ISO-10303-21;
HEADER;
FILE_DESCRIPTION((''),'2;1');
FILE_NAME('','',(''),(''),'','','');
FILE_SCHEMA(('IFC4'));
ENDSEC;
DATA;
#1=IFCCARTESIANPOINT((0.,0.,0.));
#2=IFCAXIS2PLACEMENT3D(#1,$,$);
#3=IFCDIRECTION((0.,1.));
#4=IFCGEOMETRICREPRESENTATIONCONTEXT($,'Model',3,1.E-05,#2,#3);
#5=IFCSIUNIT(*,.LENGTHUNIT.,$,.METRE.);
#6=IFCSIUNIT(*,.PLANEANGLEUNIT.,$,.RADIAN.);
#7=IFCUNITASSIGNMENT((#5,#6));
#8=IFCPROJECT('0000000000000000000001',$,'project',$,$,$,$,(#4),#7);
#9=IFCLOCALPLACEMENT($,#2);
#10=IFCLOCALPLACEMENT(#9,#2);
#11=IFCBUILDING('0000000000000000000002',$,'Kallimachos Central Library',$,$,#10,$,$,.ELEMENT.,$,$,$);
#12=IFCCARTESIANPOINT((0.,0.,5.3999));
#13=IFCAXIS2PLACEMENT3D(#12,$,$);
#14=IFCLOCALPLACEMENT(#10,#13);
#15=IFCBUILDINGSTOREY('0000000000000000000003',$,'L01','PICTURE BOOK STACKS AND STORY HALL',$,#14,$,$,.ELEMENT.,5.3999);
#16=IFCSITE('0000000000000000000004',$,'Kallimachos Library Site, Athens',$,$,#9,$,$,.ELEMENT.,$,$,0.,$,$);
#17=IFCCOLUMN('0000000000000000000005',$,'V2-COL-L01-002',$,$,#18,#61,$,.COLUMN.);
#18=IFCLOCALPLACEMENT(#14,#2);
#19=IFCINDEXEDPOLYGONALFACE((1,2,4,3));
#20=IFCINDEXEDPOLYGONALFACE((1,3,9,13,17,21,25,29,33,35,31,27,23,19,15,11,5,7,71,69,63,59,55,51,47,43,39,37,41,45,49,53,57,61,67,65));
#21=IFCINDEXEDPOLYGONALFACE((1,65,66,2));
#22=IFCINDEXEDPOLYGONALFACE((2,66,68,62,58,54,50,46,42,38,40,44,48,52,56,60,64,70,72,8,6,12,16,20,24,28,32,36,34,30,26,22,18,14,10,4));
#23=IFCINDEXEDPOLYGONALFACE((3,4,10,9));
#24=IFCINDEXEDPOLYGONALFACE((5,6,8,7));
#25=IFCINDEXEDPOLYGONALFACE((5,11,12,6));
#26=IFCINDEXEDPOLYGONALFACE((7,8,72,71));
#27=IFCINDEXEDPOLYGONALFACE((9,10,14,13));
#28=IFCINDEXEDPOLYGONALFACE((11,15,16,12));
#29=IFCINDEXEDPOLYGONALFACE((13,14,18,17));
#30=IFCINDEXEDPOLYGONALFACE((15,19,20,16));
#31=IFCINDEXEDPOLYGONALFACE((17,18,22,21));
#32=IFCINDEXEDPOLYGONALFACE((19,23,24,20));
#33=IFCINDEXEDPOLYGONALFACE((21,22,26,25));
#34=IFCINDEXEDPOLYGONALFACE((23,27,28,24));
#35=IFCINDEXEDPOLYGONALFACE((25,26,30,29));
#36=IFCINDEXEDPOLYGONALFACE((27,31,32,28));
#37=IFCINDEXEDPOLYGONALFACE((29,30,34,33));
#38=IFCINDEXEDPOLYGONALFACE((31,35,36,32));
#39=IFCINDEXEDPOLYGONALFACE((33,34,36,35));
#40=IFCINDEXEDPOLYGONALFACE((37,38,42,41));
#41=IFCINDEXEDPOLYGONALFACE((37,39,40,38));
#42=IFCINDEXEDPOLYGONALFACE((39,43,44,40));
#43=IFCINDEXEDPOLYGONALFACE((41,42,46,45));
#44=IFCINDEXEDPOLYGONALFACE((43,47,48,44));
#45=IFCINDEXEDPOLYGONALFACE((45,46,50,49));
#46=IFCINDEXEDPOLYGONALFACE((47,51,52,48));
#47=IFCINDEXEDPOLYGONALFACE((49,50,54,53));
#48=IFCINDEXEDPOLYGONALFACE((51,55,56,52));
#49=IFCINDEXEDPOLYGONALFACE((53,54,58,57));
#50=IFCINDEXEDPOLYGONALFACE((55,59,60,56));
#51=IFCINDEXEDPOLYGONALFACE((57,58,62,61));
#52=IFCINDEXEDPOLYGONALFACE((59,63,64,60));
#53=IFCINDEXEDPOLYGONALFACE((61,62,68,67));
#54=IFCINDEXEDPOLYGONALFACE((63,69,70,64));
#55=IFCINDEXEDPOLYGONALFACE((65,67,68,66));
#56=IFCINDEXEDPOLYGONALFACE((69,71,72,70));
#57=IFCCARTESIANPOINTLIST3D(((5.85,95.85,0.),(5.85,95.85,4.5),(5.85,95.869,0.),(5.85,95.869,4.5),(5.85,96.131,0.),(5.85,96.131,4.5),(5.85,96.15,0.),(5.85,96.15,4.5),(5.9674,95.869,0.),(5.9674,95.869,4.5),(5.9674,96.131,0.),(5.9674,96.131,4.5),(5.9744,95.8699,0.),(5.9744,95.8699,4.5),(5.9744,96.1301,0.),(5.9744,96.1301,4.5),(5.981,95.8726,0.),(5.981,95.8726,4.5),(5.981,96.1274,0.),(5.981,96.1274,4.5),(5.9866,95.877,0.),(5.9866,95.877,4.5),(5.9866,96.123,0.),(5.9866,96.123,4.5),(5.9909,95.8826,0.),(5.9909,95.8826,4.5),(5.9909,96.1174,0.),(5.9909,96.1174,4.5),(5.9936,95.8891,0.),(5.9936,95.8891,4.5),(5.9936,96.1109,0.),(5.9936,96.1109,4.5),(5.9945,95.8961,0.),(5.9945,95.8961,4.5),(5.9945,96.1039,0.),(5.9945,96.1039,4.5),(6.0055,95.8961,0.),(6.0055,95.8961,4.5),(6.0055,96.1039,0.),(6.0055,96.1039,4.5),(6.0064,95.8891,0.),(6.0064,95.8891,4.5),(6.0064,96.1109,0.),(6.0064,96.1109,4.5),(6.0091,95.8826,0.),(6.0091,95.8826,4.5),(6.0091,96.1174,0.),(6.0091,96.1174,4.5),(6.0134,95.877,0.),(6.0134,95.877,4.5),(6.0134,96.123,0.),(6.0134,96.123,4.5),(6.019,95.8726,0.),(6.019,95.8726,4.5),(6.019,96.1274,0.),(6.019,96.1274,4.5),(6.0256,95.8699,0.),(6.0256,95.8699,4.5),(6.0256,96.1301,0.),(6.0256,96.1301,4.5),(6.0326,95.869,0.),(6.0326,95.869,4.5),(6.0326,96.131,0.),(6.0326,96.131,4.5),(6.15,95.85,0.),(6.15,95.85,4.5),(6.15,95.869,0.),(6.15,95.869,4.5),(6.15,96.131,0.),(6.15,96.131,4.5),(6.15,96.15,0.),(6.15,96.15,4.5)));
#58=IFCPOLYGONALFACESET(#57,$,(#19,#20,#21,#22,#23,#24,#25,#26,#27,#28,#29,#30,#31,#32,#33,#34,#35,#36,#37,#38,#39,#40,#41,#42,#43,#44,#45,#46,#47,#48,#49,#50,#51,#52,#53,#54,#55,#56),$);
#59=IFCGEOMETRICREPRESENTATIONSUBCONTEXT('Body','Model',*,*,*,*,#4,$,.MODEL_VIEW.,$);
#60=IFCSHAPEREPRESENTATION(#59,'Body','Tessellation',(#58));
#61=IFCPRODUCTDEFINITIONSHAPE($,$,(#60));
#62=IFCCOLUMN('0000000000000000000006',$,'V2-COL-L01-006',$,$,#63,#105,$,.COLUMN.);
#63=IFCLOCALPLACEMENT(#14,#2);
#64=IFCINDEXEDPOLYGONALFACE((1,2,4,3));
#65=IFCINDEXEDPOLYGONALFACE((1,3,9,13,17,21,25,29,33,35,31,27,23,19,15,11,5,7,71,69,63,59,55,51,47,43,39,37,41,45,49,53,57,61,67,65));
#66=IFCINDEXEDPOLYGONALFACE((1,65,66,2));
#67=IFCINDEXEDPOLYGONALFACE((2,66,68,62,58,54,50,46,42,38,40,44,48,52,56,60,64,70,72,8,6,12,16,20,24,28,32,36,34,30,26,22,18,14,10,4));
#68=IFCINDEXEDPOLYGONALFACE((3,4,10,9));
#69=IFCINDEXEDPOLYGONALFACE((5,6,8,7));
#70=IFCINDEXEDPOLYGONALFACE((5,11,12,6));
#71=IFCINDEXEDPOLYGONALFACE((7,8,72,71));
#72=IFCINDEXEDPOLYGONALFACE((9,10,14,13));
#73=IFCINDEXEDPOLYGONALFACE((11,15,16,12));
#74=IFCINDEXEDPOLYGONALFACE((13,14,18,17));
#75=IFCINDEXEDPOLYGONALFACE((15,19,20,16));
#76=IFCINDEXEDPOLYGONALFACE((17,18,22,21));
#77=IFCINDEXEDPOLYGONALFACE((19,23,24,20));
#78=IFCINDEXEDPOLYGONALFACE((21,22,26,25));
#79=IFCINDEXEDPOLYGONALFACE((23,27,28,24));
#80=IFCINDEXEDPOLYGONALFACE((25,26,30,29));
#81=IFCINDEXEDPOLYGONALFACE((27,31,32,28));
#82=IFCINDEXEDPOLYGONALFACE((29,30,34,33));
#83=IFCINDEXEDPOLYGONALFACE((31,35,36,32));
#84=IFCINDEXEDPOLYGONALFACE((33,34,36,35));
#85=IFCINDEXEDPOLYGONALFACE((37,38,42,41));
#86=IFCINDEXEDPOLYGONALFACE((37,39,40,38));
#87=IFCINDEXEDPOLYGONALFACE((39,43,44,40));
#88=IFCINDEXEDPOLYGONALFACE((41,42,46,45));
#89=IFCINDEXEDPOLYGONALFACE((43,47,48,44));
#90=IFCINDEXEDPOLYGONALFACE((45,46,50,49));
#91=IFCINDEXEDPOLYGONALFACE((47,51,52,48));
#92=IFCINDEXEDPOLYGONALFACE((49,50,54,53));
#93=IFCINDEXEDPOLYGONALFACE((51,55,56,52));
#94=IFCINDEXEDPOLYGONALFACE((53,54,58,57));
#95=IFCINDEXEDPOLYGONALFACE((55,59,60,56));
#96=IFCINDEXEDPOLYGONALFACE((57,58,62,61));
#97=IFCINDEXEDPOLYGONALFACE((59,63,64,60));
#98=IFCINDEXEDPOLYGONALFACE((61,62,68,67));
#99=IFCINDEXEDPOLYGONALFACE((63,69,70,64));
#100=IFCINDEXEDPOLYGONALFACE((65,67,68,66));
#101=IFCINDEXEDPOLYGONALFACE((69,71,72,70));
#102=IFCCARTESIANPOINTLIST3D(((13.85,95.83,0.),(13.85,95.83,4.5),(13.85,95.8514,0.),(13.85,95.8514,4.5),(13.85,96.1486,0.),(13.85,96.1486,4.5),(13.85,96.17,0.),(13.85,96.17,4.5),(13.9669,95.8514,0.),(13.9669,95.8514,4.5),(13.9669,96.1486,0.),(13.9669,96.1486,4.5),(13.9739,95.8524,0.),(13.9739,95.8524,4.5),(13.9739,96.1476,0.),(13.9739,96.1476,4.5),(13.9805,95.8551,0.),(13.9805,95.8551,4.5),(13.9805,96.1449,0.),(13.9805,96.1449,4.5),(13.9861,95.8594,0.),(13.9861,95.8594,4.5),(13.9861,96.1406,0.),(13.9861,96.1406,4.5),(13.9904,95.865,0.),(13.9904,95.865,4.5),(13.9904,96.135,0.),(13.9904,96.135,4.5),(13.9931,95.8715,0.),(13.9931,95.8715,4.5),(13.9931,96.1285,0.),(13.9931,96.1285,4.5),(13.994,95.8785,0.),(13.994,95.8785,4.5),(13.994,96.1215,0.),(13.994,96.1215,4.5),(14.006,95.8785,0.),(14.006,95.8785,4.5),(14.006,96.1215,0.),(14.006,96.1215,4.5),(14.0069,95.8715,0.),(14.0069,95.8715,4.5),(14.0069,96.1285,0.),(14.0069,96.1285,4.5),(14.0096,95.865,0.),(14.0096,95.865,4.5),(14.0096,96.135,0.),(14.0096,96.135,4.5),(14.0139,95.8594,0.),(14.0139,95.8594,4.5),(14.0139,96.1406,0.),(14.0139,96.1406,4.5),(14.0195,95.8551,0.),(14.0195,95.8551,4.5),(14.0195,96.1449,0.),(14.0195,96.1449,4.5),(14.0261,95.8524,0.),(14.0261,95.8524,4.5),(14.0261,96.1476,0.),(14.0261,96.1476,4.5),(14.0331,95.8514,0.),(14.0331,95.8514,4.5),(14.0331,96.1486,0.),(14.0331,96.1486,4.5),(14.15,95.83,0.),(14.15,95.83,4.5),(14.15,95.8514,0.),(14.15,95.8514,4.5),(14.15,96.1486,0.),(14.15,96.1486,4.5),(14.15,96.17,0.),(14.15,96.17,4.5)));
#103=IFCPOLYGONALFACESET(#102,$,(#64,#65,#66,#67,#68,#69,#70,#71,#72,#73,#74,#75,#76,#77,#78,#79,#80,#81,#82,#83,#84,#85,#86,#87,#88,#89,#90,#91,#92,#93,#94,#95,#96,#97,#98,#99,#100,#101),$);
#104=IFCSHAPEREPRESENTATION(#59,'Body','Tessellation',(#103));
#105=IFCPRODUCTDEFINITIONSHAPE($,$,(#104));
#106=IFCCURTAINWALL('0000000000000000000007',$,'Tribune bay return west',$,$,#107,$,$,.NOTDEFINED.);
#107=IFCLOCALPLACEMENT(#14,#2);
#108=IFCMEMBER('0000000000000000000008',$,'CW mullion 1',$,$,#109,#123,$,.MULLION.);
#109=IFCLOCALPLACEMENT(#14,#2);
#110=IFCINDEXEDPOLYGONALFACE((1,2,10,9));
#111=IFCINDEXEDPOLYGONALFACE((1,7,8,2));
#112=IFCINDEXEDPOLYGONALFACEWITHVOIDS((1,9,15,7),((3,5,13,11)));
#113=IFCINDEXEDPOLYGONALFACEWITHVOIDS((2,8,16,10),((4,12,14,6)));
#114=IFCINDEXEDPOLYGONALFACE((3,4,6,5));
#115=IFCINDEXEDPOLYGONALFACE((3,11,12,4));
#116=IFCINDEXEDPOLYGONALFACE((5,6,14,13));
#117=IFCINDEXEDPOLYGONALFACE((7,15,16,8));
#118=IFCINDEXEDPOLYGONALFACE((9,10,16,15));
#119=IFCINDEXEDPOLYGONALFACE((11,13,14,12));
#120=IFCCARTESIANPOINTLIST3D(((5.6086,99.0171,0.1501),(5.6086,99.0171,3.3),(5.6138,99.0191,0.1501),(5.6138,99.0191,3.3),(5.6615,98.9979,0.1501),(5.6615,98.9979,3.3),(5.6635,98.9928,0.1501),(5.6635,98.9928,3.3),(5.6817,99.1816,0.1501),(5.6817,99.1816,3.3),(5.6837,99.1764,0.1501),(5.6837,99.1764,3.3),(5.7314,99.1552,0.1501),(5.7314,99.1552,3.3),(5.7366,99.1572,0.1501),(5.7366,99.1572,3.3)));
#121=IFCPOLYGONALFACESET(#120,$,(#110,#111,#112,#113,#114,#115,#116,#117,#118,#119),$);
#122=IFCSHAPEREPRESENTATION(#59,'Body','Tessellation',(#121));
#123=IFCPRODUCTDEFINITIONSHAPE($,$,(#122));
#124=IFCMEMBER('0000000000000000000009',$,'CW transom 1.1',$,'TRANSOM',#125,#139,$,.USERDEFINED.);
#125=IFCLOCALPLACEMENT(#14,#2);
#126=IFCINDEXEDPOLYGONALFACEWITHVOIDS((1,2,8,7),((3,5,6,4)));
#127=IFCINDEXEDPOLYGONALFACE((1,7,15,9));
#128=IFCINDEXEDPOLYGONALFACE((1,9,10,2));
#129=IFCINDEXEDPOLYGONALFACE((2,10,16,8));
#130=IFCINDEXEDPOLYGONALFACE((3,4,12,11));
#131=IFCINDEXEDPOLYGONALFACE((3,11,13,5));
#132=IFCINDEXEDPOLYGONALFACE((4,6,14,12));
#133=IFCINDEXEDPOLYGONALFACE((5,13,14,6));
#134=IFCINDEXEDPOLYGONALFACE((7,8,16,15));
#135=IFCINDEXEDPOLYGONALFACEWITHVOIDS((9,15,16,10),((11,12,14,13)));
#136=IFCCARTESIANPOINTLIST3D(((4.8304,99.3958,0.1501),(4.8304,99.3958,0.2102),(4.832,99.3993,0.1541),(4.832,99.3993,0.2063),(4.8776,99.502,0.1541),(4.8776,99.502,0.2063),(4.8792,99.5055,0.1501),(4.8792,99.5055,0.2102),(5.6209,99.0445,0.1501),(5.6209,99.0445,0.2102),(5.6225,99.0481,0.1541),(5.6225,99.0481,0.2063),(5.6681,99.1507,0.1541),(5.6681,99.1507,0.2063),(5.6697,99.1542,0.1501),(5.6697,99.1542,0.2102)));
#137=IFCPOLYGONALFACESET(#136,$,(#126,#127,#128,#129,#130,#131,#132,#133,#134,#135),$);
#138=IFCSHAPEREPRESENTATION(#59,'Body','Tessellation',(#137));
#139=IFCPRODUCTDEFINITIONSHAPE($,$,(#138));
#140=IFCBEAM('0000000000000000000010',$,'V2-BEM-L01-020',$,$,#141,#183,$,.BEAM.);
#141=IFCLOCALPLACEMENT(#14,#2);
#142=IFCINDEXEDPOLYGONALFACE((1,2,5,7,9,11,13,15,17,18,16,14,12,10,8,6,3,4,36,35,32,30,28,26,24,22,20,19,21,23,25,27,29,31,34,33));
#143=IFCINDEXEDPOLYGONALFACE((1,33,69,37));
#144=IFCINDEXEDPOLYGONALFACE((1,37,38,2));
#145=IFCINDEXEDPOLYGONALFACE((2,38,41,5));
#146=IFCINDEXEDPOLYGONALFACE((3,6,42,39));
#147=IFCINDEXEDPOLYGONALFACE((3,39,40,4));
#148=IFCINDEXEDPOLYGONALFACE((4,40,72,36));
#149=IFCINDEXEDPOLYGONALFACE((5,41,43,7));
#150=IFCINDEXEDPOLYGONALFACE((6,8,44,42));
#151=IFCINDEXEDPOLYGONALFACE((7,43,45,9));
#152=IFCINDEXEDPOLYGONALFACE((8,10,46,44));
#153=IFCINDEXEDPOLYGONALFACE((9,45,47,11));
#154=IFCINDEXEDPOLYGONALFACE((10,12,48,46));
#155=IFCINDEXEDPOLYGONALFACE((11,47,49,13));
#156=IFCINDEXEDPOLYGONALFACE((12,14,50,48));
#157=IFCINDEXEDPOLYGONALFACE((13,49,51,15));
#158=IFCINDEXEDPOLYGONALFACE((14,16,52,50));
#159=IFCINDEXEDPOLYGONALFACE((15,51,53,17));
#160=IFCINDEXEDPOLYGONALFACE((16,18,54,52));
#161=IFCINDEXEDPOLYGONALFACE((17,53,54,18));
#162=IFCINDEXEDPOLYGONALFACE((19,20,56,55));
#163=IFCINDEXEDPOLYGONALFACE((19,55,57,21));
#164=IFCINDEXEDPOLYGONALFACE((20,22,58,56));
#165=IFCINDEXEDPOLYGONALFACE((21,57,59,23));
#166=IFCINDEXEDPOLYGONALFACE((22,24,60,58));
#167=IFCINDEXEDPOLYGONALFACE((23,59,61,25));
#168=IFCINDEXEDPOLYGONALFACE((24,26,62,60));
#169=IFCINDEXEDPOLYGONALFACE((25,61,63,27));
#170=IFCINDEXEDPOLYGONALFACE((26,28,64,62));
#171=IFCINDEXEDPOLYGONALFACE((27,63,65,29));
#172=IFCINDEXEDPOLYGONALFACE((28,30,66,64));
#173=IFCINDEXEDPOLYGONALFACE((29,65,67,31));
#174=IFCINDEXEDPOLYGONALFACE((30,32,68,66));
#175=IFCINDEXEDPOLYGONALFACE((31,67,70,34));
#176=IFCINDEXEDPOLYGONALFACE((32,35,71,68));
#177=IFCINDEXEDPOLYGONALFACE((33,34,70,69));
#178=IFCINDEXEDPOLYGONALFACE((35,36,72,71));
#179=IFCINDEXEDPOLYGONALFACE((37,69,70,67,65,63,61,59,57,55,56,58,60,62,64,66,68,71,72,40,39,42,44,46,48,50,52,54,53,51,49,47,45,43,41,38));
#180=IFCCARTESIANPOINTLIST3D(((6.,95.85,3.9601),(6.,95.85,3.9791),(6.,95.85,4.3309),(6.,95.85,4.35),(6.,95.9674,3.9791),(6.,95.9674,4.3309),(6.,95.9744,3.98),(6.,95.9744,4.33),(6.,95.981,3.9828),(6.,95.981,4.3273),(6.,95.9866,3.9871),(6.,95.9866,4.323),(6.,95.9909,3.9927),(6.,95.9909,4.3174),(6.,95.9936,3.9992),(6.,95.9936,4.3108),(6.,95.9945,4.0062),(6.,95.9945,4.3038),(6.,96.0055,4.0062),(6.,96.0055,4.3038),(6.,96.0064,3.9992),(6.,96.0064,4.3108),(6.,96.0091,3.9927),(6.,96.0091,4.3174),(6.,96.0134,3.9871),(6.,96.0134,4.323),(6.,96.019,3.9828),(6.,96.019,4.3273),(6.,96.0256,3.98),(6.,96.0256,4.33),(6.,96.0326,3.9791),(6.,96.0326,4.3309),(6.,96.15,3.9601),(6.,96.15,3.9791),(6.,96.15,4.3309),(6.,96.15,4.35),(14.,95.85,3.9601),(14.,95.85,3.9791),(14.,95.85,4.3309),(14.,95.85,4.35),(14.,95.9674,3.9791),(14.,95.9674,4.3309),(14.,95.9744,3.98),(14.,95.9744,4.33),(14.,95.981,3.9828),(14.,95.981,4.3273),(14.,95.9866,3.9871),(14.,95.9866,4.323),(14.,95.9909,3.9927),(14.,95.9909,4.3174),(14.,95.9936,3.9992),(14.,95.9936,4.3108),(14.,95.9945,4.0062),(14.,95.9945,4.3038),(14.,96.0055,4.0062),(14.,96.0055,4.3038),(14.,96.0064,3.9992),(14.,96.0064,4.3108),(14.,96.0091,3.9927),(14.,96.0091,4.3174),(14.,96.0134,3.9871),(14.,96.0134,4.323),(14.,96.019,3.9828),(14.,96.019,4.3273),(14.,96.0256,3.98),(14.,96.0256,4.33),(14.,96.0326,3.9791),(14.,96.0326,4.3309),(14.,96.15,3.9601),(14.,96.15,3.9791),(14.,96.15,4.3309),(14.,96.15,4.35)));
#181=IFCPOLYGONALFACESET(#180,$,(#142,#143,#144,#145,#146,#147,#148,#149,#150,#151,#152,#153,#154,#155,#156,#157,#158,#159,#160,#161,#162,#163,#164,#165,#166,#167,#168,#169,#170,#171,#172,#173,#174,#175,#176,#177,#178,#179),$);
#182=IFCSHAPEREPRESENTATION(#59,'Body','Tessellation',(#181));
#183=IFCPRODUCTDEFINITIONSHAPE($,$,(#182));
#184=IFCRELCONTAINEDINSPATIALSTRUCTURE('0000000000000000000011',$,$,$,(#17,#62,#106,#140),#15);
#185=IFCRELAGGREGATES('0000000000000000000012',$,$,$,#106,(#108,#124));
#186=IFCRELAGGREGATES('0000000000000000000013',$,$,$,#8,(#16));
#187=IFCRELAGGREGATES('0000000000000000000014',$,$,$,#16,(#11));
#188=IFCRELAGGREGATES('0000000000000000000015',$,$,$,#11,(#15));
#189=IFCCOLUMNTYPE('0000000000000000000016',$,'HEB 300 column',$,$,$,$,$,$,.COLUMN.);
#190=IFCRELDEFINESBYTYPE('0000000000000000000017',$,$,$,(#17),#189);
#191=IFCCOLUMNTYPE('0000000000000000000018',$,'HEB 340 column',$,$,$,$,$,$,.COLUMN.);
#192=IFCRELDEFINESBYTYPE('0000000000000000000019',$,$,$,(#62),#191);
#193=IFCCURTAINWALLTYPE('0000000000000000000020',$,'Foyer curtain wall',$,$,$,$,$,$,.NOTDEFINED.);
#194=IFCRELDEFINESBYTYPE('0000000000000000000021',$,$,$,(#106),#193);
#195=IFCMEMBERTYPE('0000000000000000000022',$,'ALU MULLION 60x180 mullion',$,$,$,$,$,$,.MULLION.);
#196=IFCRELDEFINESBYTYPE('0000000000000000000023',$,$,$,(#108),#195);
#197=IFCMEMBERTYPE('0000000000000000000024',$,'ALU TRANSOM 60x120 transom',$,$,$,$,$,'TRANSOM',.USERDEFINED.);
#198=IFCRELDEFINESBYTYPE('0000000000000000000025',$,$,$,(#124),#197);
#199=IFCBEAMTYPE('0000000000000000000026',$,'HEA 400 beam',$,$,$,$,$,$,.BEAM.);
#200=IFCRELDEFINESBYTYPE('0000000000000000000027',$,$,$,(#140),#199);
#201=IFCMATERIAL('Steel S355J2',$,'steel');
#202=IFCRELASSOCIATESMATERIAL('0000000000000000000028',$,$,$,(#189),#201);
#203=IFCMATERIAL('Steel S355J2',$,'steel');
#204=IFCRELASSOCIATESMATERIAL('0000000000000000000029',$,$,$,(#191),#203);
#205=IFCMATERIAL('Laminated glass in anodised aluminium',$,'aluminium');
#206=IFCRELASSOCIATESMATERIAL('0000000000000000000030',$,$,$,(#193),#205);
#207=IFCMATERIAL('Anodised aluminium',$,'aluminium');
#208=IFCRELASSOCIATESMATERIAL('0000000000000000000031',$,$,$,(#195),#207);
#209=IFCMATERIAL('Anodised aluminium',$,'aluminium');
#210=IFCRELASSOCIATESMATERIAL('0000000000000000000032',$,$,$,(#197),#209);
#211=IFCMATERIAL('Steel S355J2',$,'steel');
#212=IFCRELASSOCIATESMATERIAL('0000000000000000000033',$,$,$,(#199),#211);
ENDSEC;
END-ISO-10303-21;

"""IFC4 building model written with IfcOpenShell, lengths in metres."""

from ifc_helpers import new_model, si_unit, direction, frame, origin, origin_2d, place, context, subcontext, project, spatial, hollow_rectangle, i_section, extrude, material, material_profile, profile_set, type_object, element, aggregate, save


model = new_model("IFC4")

# Units and contexts
model_context = context("Model", 3, precision=1e-05, world=origin(), true_north=direction((0.0, 1.0)))
body_context = subcontext(model_context, "Body", "Model", "MODEL_VIEW")
ifc_project = project(units=[si_unit("LENGTHUNIT", "METRE"), si_unit("PLANEANGLEUNIT", "RADIAN")], contexts=[model_context])

# Site, building, storey
site_placement = place(None, origin())
site = spatial("IfcSite", under=ifc_project, at=site_placement, Name="Kallimachos Library Site, Athens", CompositionType="ELEMENT", RefElevation=0.0)
building_placement = place(site_placement, origin())
building = spatial("IfcBuilding", under=site, at=building_placement, Name="Kallimachos Central Library", CompositionType="ELEMENT")
storey_placement = place(building_placement, frame((0.0, 0.0, 5.3999)))
storey = spatial("IfcBuildingStorey", under=building, at=storey_placement, Name="L01", Description="PICTURE BOOK STACKS AND STORY HALL", CompositionType="ELEMENT", Elevation=5.3999)

# Columns
ifc_material_1 = material(Name="Steel S355J2", Category="steel")
ifc_material_profile_1 = material_profile(ifc_material_1, i_section(OverallWidth=0.3, OverallDepth=0.3, WebThickness=0.011, FlangeThickness=0.019, FilletRadius=0.0271, at=origin_2d()), Name="HEB 300")
ifc_profile_set_1 = profile_set([ifc_material_profile_1], Name="Steel S355J2")
column_type_1 = type_object("IfcColumnType", Name="HEB 300 column", PredefinedType="COLUMN", material=ifc_profile_set_1)
column_1_placement = place(storey_placement, frame((6.0, 96.0, 0.0), z_axis=(0.0, 0.0, 1.0), x_axis=(1.0, 0.0, 0.0)))
element("IfcColumn", 1, at=column_1_placement, inside=storey, type_object=column_type_1, Name="V2-COL-L01-002", PredefinedType="COLUMN", context=body_context, shape_type="SweptSolid", body=[
    extrude(i_section(OverallWidth=0.3, OverallDepth=0.3, WebThickness=0.011, FlangeThickness=0.019, FilletRadius=0.0271, at=origin_2d()), origin(), (0.0, 0.0, 1.0), 4.5),
])
ifc_material_2 = material(Name="Steel S355J2", Category="steel")
ifc_material_profile_2 = material_profile(ifc_material_2, i_section(OverallWidth=0.3, OverallDepth=0.3401, WebThickness=0.012, FlangeThickness=0.0215, FilletRadius=0.0271, at=origin_2d()), Name="HEB 340")
ifc_profile_set_2 = profile_set([ifc_material_profile_2], Name="Steel S355J2")
column_type_2 = type_object("IfcColumnType", Name="HEB 340 column", PredefinedType="COLUMN", material=ifc_profile_set_2)
column_2_placement = place(storey_placement, frame((14.0, 96.0, 0.0), z_axis=(0.0, 0.0, 1.0), x_axis=(1.0, 0.0, 0.0)))
element("IfcColumn", 2, at=column_2_placement, inside=storey, type_object=column_type_2, Name="V2-COL-L01-006", PredefinedType="COLUMN", context=body_context, shape_type="SweptSolid", body=[
    extrude(i_section(OverallWidth=0.3, OverallDepth=0.3401, WebThickness=0.012, FlangeThickness=0.0215, FilletRadius=0.0271, at=origin_2d()), origin(), (0.0, 0.0, 1.0), 4.5),
])

# Curtain wall, members
ifc_material_3 = material(Name="Laminated glass in anodised aluminium", Category="aluminium")
curtain_wall_type = type_object("IfcCurtainWallType", Name="Foyer curtain wall", PredefinedType="NOTDEFINED", material=ifc_material_3)
curtain_wall_placement = place(storey_placement, origin())
curtain_wall = element("IfcCurtainWall", 3, at=curtain_wall_placement, inside=storey, type_object=curtain_wall_type, Name="Tribune bay return west", PredefinedType="NOTDEFINED")
ifc_material_4 = material(Name="Anodised aluminium", Category="aluminium")
ifc_material_profile_3 = material_profile(ifc_material_4, hollow_rectangle(XDim=0.0601, YDim=0.1799, WallThickness=0.0039, at=origin_2d()), Name="ALU MULLION 60x180")
ifc_profile_set_3 = profile_set([ifc_material_profile_3], Name="Anodised aluminium")
member_type_1 = type_object("IfcMemberType", Name="ALU MULLION 60x180 mullion", PredefinedType="MULLION", material=ifc_profile_set_3)
member_1_placement = place(storey_placement, frame((5.6726, 99.0872, 0.1501), z_axis=(0.0, 0.0, 1.0), x_axis=(-0.913812, 0.406138, 0.0)))
member_1 = element("IfcMember", 4, at=member_1_placement, type_object=member_type_1, Name="CW mullion 1", PredefinedType="MULLION", context=body_context, shape_type="SweptSolid", body=[
    extrude(hollow_rectangle(XDim=0.0601, YDim=0.1799, WallThickness=0.0039, at=origin_2d()), origin(), (0.0, 0.0, 1.0), 3.1499),
])
ifc_material_5 = material(Name="Anodised aluminium", Category="aluminium")
ifc_material_profile_4 = material_profile(ifc_material_5, hollow_rectangle(XDim=0.0601, YDim=0.1201, WallThickness=0.0039, at=origin_2d()), Name="ALU TRANSOM 60x120")
ifc_profile_set_4 = profile_set([ifc_material_profile_4], Name="Anodised aluminium")
member_type_2 = type_object("IfcMemberType", Name="ALU TRANSOM 60x120 transom", ElementType="TRANSOM", PredefinedType="USERDEFINED", material=ifc_profile_set_4)
member_2_placement = place(storey_placement, frame((5.6453, 99.0994, 0.1802), z_axis=(-0.913823, 0.406112, 0.0), x_axis=(0.0, 0.0, 1.0)))
member_2 = element("IfcMember", 5, at=member_2_placement, type_object=member_type_2, Name="CW transom 1.1", ObjectType="TRANSOM", PredefinedType="USERDEFINED", context=body_context, shape_type="SweptSolid", body=[
    extrude(hollow_rectangle(XDim=0.0601, YDim=0.1201, WallThickness=0.0039, at=origin_2d()), origin(), (0.0, 0.0, 1.0), 0.865),
])
aggregate(curtain_wall, [member_1, member_2])

# Beam
ifc_material_6 = material(Name="Steel S355J2", Category="steel")
ifc_material_profile_5 = material_profile(ifc_material_6, i_section(OverallWidth=0.3, OverallDepth=0.3899, WebThickness=0.011, FlangeThickness=0.019, FilletRadius=0.0271, at=origin_2d()), Name="HEA 400")
ifc_profile_set_5 = profile_set([ifc_material_profile_5], Name="Steel S355J2")
beam_type_1 = type_object("IfcBeamType", Name="HEA 400 beam", PredefinedType="BEAM", material=ifc_profile_set_5)
beam_placement = place(storey_placement, frame((6.0, 96.0, 4.155), z_axis=(1.0, 0.0, 0.0), x_axis=(0.0, 1.0, 0.0)))
element("IfcBeam", 6, at=beam_placement, inside=storey, type_object=beam_type_1, Name="V2-BEM-L01-020", PredefinedType="BEAM", context=body_context, shape_type="SweptSolid", body=[
    extrude(i_section(OverallWidth=0.3, OverallDepth=0.3899, WebThickness=0.011, FlangeThickness=0.019, FilletRadius=0.0271, at=origin_2d()), origin(), (0.0, 0.0, 1.0), 8.0),
])

save(model, "model.ifc")
